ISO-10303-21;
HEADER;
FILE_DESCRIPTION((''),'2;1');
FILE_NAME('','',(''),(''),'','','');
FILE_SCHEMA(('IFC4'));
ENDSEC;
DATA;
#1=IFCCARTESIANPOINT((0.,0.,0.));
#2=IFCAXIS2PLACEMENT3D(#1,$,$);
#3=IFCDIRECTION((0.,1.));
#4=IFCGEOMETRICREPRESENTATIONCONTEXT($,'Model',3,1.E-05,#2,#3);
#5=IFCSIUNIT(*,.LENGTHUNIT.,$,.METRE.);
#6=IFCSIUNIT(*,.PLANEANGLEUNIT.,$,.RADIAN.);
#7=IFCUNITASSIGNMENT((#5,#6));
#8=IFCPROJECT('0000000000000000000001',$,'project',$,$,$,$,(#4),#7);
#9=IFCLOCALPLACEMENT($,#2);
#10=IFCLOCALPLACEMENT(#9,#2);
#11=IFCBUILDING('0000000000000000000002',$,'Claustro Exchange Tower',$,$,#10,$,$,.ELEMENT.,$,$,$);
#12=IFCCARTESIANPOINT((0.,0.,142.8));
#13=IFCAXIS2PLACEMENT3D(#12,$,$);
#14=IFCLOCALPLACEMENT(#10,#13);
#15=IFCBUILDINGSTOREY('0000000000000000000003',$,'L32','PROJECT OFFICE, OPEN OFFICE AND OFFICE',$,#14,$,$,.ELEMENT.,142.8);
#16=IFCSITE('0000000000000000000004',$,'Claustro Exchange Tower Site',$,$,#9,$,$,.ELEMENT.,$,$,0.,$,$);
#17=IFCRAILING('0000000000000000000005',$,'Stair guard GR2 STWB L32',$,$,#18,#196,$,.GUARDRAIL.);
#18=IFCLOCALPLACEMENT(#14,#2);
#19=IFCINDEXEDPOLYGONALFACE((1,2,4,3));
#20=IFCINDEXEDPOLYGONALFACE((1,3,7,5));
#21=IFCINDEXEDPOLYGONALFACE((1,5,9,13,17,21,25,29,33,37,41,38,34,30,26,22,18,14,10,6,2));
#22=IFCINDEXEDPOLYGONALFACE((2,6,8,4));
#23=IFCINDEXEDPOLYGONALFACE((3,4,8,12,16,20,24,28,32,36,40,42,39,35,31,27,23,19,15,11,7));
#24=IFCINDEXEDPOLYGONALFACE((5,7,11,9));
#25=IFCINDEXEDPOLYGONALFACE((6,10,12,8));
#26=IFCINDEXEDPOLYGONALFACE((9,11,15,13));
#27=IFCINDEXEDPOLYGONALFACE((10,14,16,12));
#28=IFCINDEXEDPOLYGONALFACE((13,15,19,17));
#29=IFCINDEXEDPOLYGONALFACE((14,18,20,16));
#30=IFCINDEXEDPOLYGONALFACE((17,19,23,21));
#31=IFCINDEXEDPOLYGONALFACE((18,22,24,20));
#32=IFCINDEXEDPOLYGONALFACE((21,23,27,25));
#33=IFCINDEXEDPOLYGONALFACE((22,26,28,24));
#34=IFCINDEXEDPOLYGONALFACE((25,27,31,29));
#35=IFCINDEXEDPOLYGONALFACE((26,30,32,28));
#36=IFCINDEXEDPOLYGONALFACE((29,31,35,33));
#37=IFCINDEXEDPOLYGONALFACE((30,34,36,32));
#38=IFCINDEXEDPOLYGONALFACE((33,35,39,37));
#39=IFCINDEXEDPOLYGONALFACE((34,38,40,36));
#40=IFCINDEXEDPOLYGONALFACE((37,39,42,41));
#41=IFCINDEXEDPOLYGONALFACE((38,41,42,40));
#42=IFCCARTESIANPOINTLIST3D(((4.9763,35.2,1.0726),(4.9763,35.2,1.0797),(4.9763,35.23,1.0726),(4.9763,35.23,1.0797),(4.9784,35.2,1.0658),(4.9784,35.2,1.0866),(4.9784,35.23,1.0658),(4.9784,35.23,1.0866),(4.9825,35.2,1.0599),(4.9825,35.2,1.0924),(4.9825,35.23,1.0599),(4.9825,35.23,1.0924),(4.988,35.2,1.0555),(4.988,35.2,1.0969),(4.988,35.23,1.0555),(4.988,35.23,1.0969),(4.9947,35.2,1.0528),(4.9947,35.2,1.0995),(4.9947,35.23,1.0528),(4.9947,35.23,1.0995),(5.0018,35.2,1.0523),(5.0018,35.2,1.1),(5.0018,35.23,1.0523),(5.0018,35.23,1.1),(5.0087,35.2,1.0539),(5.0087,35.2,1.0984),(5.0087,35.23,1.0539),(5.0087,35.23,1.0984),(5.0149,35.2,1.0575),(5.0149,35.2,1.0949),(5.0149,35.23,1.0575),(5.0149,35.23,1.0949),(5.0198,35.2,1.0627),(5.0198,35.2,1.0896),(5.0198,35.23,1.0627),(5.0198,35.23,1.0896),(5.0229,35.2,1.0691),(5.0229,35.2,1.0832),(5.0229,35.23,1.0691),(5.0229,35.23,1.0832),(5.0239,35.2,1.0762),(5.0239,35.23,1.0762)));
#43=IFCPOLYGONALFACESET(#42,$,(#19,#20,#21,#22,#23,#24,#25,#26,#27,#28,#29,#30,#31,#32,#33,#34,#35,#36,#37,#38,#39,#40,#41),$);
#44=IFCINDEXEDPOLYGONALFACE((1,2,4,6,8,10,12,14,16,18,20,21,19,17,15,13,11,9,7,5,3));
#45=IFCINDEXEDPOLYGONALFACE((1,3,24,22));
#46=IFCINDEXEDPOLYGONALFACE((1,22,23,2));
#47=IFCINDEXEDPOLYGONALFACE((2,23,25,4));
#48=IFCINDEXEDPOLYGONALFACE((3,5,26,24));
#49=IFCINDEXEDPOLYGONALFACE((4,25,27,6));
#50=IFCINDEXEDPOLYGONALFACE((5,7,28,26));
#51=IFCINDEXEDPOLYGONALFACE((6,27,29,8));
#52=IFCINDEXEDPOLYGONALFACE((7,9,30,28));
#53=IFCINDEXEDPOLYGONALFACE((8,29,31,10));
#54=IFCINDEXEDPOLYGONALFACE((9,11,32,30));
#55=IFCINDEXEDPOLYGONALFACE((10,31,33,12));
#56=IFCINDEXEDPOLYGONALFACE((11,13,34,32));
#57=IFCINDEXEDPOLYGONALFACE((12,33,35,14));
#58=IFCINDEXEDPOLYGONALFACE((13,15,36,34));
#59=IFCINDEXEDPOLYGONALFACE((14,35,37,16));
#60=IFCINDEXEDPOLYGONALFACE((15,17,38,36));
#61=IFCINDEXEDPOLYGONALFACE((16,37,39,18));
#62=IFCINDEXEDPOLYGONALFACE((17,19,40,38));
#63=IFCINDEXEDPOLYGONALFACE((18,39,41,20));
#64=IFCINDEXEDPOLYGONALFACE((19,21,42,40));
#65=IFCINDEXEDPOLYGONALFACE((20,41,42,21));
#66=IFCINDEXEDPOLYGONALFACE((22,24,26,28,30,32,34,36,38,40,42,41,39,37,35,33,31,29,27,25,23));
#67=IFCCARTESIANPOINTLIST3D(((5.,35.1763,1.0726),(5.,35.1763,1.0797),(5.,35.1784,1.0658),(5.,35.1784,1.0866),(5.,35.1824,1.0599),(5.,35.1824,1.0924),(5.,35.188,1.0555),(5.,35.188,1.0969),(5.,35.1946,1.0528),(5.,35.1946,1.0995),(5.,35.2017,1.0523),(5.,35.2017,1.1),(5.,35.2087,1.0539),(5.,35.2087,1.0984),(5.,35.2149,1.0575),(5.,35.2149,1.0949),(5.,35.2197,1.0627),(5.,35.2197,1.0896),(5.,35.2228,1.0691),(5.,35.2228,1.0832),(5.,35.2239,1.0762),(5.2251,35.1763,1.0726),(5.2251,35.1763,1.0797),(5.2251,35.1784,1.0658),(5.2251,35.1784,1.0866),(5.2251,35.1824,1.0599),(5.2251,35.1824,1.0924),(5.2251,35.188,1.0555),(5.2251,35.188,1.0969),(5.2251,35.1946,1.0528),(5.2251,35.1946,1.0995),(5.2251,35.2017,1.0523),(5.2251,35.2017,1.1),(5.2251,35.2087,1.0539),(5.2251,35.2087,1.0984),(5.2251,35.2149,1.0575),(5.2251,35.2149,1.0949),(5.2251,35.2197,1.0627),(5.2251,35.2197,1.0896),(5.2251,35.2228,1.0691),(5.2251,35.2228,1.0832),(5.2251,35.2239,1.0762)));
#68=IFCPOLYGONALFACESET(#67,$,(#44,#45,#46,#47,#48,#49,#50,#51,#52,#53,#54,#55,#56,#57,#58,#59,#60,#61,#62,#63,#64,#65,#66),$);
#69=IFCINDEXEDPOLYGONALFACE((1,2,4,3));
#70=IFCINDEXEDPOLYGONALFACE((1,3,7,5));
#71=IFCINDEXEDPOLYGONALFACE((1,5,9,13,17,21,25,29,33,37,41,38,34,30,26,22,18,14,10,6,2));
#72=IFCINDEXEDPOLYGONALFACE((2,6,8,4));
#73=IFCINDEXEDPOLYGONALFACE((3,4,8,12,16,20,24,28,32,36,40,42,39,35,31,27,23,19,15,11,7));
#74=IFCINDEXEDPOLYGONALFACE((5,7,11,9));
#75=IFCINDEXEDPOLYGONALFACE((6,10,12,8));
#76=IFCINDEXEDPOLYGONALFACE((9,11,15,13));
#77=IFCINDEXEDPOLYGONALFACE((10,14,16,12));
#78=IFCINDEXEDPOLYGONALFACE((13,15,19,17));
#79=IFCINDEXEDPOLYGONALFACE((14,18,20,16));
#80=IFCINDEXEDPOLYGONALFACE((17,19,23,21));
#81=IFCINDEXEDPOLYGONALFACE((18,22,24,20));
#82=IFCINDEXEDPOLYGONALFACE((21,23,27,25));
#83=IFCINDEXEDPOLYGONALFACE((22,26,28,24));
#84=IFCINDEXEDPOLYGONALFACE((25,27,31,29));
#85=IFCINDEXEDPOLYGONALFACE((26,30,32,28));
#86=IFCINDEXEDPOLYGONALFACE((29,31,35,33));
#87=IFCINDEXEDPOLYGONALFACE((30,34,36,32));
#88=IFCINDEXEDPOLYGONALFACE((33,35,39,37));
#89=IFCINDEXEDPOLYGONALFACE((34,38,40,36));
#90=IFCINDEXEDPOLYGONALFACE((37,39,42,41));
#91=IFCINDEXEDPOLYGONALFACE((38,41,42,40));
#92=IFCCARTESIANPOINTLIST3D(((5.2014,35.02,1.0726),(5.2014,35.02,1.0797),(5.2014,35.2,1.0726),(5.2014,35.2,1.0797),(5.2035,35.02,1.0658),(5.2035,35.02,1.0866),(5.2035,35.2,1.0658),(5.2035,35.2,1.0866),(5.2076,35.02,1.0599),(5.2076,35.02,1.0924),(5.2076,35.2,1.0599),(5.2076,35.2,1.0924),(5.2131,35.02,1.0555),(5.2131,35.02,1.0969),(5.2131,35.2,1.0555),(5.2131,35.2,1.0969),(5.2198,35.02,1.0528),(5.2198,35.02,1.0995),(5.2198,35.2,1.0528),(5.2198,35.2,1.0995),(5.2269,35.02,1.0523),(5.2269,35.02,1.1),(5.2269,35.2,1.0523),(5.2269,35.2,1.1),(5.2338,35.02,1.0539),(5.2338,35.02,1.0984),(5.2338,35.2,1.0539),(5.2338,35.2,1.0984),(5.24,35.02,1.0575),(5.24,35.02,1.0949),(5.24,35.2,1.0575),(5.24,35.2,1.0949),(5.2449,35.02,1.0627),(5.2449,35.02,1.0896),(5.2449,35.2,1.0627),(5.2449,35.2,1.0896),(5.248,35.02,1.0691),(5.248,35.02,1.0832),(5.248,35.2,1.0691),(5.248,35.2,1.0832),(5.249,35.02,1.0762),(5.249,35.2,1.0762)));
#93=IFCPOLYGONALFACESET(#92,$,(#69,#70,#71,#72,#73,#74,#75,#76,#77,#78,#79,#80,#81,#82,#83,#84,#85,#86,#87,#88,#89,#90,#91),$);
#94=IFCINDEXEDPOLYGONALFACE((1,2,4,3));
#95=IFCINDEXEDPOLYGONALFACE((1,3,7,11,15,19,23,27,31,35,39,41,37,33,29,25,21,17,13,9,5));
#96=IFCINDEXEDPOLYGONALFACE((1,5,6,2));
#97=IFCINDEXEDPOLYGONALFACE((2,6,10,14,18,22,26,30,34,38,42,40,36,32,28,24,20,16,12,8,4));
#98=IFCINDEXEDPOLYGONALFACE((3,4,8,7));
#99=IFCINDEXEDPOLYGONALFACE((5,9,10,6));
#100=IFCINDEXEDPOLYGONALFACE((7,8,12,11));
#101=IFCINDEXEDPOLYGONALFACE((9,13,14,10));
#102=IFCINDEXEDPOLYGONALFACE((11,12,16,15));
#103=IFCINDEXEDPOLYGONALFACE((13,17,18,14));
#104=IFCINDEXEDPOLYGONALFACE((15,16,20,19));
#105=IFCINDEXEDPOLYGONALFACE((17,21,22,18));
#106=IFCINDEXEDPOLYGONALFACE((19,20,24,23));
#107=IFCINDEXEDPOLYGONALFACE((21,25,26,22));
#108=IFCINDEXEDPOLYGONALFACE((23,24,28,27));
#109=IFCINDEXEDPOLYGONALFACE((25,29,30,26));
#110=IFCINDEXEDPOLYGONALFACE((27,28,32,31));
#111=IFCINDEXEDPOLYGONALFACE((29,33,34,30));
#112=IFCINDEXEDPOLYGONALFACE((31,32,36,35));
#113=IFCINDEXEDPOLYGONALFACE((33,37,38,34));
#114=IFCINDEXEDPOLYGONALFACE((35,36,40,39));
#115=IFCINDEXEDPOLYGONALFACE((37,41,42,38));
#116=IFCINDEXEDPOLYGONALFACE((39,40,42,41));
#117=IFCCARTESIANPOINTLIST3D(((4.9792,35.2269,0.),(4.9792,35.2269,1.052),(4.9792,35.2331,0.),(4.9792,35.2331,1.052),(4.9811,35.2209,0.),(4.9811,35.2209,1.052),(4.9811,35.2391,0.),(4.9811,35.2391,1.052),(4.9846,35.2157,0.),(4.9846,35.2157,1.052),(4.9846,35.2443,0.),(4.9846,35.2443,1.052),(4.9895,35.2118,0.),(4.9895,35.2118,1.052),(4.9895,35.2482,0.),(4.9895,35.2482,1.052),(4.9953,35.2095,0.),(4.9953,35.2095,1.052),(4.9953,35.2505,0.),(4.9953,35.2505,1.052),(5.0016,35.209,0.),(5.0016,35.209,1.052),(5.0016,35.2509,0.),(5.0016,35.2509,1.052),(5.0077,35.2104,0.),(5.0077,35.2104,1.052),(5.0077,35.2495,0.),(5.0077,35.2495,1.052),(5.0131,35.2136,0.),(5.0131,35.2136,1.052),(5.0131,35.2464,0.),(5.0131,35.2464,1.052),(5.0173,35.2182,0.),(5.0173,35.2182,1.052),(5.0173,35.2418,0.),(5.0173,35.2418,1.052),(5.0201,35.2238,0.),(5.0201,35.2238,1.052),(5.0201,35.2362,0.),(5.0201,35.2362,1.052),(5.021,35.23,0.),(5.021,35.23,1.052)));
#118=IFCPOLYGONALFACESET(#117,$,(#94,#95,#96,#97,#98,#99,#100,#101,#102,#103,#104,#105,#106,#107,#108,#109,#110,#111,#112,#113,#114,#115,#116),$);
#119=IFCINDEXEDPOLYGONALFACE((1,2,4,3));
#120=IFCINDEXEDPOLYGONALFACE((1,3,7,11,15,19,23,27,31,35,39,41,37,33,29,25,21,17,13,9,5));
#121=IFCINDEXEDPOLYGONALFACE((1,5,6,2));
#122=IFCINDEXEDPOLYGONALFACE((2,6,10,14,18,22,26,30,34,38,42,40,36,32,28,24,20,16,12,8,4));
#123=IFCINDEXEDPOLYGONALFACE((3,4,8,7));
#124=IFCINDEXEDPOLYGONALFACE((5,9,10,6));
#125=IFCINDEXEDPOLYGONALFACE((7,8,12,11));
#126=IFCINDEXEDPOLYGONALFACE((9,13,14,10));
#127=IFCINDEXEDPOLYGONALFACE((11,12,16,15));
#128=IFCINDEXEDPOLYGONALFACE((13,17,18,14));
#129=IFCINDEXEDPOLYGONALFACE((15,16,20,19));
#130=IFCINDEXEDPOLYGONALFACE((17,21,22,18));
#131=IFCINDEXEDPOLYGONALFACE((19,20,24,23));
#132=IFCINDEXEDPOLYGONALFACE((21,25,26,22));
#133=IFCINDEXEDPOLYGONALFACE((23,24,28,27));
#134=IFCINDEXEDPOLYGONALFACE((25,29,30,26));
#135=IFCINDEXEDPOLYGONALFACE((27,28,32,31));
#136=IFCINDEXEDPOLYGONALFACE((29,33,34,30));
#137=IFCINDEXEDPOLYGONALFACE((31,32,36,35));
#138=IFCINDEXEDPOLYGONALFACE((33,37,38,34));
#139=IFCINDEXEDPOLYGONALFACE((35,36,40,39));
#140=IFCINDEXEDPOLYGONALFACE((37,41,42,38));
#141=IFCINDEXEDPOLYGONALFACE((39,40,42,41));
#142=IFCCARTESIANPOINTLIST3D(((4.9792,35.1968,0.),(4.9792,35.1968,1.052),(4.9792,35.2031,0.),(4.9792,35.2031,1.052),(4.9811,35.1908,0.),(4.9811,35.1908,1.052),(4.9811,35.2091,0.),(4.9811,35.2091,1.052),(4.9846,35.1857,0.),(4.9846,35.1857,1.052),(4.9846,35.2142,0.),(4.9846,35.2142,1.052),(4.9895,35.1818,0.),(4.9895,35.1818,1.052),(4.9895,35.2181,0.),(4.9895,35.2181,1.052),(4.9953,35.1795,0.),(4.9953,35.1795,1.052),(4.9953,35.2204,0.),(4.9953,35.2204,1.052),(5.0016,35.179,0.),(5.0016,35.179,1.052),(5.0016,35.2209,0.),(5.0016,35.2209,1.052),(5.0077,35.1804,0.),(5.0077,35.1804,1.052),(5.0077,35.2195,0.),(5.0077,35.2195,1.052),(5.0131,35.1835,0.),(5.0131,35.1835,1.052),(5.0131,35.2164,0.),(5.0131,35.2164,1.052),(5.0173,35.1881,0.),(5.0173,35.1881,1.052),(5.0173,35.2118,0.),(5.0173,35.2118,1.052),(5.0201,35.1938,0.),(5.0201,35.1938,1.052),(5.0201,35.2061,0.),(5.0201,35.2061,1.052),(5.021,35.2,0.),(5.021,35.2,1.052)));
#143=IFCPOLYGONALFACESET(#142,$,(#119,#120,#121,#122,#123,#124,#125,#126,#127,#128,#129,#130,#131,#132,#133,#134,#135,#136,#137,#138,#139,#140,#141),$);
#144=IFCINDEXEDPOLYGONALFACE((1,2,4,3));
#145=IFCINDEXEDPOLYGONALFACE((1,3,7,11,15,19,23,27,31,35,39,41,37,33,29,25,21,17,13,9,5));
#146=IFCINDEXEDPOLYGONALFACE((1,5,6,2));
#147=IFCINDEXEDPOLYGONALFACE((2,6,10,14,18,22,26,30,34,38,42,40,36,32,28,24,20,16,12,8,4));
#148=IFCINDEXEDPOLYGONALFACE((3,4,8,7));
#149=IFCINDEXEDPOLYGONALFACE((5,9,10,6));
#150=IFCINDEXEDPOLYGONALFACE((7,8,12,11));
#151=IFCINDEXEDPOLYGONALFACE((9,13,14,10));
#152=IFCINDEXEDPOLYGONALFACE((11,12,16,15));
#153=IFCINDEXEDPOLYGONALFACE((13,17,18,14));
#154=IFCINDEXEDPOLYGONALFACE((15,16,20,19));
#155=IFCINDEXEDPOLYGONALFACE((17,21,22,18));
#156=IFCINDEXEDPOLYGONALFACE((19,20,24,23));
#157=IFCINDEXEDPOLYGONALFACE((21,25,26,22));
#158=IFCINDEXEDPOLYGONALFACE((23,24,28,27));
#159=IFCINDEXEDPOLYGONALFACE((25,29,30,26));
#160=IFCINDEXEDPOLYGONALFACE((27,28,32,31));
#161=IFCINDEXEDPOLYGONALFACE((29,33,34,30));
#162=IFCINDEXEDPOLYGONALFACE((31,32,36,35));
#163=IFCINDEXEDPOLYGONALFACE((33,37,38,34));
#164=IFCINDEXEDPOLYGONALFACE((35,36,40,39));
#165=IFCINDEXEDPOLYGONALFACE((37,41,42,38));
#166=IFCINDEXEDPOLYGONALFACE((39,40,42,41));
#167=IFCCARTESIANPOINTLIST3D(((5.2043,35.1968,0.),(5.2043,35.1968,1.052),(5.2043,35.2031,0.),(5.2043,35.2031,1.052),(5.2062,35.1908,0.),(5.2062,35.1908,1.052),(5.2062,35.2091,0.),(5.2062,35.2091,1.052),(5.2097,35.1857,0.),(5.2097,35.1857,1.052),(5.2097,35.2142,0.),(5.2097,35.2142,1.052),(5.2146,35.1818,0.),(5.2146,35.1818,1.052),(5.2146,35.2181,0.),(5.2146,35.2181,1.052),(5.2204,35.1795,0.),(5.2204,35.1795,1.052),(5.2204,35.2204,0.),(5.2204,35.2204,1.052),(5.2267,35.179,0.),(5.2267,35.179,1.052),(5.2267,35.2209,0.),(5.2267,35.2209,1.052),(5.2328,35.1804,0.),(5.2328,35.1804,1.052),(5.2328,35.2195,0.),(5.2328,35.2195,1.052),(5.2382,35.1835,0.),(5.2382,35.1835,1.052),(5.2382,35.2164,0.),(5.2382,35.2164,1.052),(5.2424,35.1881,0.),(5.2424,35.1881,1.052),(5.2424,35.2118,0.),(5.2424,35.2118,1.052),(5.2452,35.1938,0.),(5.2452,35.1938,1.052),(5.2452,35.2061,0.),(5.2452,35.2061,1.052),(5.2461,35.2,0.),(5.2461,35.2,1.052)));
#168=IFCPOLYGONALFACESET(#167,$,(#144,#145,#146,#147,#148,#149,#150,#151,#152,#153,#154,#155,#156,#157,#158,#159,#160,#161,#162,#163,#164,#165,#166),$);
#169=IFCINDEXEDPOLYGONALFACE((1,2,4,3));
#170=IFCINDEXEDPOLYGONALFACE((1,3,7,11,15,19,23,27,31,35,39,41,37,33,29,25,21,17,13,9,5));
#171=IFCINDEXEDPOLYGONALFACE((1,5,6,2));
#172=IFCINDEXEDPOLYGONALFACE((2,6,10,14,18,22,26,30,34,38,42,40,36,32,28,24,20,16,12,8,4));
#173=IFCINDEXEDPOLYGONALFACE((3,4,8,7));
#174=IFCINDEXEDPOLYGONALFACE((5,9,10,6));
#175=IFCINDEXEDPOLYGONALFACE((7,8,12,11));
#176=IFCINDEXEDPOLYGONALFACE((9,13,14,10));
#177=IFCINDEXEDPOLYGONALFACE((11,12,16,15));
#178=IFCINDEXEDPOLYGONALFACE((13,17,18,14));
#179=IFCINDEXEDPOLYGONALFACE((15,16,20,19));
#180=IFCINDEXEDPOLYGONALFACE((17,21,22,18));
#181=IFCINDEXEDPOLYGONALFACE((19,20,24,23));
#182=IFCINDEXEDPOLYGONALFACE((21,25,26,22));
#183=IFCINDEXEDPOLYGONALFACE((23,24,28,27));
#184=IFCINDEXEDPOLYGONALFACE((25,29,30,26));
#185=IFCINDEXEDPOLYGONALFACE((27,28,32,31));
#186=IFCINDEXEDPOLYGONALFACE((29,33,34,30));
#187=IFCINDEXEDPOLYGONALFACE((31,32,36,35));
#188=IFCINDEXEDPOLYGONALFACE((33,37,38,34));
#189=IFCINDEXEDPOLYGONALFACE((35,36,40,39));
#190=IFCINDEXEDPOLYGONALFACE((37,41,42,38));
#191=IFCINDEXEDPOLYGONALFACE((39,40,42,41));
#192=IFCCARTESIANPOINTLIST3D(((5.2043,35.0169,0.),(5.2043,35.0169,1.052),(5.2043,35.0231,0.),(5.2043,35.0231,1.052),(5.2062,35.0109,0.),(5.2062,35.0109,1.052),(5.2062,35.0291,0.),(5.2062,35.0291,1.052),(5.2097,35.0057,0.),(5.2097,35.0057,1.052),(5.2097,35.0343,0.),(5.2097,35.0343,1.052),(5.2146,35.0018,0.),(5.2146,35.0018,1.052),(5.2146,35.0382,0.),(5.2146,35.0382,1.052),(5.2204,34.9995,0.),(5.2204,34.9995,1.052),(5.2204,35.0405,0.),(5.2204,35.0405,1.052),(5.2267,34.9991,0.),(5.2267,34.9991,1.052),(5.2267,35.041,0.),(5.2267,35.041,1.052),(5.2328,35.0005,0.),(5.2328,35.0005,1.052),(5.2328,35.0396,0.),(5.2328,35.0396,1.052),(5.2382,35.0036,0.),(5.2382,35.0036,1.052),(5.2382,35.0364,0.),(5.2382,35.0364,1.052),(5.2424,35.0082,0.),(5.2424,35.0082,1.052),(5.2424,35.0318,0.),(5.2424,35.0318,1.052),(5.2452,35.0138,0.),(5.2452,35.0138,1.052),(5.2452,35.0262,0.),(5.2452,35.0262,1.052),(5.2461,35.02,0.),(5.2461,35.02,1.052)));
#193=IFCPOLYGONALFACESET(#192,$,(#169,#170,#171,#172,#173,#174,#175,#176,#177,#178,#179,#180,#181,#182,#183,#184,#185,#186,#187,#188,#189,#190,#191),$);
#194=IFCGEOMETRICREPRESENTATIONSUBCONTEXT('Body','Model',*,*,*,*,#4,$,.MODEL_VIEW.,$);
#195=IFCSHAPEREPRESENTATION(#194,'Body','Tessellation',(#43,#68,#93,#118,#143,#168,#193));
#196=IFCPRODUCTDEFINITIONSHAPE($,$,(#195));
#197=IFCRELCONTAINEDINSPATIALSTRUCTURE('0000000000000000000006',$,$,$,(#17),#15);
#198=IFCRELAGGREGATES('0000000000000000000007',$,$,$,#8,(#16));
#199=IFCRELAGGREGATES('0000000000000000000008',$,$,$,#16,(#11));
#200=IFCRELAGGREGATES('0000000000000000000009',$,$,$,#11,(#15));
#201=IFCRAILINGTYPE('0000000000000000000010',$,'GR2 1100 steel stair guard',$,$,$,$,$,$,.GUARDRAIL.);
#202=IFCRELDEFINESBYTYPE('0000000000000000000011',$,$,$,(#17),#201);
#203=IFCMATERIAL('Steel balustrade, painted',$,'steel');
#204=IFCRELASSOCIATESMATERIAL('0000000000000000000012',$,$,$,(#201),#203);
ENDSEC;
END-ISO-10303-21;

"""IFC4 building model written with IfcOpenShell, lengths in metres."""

from ifc_helpers import new_model, si_unit, direction, frame, origin, origin_2d, place, context, subcontext, project, spatial, circle, extrude, material, type_object, element, save


model = new_model("IFC4")

# Units and contexts
model_context = context("Model", 3, precision=1e-05, world=origin(), true_north=direction((0.0, 1.0)))
body_context = subcontext(model_context, "Body", "Model", "MODEL_VIEW")
ifc_project = project(units=[si_unit("LENGTHUNIT", "METRE"), si_unit("PLANEANGLEUNIT", "RADIAN")], contexts=[model_context])

# Site, building, storey
site_placement = place(None, origin())
site = spatial("IfcSite", under=ifc_project, at=site_placement, Name="Claustro Exchange Tower Site", CompositionType="ELEMENT", RefElevation=0.0)
building_placement = place(site_placement, origin())
building = spatial("IfcBuilding", under=site, at=building_placement, Name="Claustro Exchange Tower", CompositionType="ELEMENT")
storey_placement = place(building_placement, frame((0.0, 0.0, 142.8)))
storey = spatial("IfcBuildingStorey", under=building, at=storey_placement, Name="L32", Description="PROJECT OFFICE, OPEN OFFICE AND OFFICE", CompositionType="ELEMENT", Elevation=142.8)

# Railing
ifc_material_1 = material(Name="Steel balustrade, painted", Category="steel")
railing_type_1 = type_object("IfcRailingType", Name="GR2 1100 steel stair guard", PredefinedType="GUARDRAIL", material=ifc_material_1)
railing_1_placement = place(storey_placement, frame((5.0, 35.23, 0.0)))
element("IfcRailing", 1, at=railing_1_placement, inside=storey, type_object=railing_type_1, Name="Stair guard GR2 STWB L32", PredefinedType="GUARDRAIL", context=body_context, shape_type="SweptSolid", body=[
    extrude(circle(Radius=0.0239, at=origin_2d()), frame((0.0, 0.0, 1.0762), z_axis=(0.0, -1.0, 0.0), x_axis=(1.0, 0.0, 0.0)), (0.0, 0.0, 1.0), 0.03),
    extrude(circle(Radius=0.0239, at=origin_2d()), frame((0.0, -0.03, 1.0762), z_axis=(1.0, 0.0, 0.0), x_axis=(0.0, 1.0, 0.0)), (0.0, 0.0, 1.0), 0.2251),
    extrude(circle(Radius=0.0239, at=origin_2d()), frame((0.2251, -0.03, 1.0762), z_axis=(0.0, -1.0, 0.0), x_axis=(1.0, 0.0, 0.0)), (0.0, 0.0, 1.0), 0.1799),
    extrude(circle(Radius=0.021, at=origin_2d()), origin(), (0.0, 0.0, 1.0), 1.052),
    extrude(circle(Radius=0.021, at=origin_2d()), frame((0.0, -0.03, 0.0)), (0.0, 0.0, 1.0), 1.052),
    extrude(circle(Radius=0.021, at=origin_2d()), frame((0.2251, -0.03, 0.0)), (0.0, 0.0, 1.0), 1.052),
    extrude(circle(Radius=0.021, at=origin_2d()), frame((0.2251, -0.21, 0.0)), (0.0, 0.0, 1.0), 1.052),
])

save(model, "model.ifc")
